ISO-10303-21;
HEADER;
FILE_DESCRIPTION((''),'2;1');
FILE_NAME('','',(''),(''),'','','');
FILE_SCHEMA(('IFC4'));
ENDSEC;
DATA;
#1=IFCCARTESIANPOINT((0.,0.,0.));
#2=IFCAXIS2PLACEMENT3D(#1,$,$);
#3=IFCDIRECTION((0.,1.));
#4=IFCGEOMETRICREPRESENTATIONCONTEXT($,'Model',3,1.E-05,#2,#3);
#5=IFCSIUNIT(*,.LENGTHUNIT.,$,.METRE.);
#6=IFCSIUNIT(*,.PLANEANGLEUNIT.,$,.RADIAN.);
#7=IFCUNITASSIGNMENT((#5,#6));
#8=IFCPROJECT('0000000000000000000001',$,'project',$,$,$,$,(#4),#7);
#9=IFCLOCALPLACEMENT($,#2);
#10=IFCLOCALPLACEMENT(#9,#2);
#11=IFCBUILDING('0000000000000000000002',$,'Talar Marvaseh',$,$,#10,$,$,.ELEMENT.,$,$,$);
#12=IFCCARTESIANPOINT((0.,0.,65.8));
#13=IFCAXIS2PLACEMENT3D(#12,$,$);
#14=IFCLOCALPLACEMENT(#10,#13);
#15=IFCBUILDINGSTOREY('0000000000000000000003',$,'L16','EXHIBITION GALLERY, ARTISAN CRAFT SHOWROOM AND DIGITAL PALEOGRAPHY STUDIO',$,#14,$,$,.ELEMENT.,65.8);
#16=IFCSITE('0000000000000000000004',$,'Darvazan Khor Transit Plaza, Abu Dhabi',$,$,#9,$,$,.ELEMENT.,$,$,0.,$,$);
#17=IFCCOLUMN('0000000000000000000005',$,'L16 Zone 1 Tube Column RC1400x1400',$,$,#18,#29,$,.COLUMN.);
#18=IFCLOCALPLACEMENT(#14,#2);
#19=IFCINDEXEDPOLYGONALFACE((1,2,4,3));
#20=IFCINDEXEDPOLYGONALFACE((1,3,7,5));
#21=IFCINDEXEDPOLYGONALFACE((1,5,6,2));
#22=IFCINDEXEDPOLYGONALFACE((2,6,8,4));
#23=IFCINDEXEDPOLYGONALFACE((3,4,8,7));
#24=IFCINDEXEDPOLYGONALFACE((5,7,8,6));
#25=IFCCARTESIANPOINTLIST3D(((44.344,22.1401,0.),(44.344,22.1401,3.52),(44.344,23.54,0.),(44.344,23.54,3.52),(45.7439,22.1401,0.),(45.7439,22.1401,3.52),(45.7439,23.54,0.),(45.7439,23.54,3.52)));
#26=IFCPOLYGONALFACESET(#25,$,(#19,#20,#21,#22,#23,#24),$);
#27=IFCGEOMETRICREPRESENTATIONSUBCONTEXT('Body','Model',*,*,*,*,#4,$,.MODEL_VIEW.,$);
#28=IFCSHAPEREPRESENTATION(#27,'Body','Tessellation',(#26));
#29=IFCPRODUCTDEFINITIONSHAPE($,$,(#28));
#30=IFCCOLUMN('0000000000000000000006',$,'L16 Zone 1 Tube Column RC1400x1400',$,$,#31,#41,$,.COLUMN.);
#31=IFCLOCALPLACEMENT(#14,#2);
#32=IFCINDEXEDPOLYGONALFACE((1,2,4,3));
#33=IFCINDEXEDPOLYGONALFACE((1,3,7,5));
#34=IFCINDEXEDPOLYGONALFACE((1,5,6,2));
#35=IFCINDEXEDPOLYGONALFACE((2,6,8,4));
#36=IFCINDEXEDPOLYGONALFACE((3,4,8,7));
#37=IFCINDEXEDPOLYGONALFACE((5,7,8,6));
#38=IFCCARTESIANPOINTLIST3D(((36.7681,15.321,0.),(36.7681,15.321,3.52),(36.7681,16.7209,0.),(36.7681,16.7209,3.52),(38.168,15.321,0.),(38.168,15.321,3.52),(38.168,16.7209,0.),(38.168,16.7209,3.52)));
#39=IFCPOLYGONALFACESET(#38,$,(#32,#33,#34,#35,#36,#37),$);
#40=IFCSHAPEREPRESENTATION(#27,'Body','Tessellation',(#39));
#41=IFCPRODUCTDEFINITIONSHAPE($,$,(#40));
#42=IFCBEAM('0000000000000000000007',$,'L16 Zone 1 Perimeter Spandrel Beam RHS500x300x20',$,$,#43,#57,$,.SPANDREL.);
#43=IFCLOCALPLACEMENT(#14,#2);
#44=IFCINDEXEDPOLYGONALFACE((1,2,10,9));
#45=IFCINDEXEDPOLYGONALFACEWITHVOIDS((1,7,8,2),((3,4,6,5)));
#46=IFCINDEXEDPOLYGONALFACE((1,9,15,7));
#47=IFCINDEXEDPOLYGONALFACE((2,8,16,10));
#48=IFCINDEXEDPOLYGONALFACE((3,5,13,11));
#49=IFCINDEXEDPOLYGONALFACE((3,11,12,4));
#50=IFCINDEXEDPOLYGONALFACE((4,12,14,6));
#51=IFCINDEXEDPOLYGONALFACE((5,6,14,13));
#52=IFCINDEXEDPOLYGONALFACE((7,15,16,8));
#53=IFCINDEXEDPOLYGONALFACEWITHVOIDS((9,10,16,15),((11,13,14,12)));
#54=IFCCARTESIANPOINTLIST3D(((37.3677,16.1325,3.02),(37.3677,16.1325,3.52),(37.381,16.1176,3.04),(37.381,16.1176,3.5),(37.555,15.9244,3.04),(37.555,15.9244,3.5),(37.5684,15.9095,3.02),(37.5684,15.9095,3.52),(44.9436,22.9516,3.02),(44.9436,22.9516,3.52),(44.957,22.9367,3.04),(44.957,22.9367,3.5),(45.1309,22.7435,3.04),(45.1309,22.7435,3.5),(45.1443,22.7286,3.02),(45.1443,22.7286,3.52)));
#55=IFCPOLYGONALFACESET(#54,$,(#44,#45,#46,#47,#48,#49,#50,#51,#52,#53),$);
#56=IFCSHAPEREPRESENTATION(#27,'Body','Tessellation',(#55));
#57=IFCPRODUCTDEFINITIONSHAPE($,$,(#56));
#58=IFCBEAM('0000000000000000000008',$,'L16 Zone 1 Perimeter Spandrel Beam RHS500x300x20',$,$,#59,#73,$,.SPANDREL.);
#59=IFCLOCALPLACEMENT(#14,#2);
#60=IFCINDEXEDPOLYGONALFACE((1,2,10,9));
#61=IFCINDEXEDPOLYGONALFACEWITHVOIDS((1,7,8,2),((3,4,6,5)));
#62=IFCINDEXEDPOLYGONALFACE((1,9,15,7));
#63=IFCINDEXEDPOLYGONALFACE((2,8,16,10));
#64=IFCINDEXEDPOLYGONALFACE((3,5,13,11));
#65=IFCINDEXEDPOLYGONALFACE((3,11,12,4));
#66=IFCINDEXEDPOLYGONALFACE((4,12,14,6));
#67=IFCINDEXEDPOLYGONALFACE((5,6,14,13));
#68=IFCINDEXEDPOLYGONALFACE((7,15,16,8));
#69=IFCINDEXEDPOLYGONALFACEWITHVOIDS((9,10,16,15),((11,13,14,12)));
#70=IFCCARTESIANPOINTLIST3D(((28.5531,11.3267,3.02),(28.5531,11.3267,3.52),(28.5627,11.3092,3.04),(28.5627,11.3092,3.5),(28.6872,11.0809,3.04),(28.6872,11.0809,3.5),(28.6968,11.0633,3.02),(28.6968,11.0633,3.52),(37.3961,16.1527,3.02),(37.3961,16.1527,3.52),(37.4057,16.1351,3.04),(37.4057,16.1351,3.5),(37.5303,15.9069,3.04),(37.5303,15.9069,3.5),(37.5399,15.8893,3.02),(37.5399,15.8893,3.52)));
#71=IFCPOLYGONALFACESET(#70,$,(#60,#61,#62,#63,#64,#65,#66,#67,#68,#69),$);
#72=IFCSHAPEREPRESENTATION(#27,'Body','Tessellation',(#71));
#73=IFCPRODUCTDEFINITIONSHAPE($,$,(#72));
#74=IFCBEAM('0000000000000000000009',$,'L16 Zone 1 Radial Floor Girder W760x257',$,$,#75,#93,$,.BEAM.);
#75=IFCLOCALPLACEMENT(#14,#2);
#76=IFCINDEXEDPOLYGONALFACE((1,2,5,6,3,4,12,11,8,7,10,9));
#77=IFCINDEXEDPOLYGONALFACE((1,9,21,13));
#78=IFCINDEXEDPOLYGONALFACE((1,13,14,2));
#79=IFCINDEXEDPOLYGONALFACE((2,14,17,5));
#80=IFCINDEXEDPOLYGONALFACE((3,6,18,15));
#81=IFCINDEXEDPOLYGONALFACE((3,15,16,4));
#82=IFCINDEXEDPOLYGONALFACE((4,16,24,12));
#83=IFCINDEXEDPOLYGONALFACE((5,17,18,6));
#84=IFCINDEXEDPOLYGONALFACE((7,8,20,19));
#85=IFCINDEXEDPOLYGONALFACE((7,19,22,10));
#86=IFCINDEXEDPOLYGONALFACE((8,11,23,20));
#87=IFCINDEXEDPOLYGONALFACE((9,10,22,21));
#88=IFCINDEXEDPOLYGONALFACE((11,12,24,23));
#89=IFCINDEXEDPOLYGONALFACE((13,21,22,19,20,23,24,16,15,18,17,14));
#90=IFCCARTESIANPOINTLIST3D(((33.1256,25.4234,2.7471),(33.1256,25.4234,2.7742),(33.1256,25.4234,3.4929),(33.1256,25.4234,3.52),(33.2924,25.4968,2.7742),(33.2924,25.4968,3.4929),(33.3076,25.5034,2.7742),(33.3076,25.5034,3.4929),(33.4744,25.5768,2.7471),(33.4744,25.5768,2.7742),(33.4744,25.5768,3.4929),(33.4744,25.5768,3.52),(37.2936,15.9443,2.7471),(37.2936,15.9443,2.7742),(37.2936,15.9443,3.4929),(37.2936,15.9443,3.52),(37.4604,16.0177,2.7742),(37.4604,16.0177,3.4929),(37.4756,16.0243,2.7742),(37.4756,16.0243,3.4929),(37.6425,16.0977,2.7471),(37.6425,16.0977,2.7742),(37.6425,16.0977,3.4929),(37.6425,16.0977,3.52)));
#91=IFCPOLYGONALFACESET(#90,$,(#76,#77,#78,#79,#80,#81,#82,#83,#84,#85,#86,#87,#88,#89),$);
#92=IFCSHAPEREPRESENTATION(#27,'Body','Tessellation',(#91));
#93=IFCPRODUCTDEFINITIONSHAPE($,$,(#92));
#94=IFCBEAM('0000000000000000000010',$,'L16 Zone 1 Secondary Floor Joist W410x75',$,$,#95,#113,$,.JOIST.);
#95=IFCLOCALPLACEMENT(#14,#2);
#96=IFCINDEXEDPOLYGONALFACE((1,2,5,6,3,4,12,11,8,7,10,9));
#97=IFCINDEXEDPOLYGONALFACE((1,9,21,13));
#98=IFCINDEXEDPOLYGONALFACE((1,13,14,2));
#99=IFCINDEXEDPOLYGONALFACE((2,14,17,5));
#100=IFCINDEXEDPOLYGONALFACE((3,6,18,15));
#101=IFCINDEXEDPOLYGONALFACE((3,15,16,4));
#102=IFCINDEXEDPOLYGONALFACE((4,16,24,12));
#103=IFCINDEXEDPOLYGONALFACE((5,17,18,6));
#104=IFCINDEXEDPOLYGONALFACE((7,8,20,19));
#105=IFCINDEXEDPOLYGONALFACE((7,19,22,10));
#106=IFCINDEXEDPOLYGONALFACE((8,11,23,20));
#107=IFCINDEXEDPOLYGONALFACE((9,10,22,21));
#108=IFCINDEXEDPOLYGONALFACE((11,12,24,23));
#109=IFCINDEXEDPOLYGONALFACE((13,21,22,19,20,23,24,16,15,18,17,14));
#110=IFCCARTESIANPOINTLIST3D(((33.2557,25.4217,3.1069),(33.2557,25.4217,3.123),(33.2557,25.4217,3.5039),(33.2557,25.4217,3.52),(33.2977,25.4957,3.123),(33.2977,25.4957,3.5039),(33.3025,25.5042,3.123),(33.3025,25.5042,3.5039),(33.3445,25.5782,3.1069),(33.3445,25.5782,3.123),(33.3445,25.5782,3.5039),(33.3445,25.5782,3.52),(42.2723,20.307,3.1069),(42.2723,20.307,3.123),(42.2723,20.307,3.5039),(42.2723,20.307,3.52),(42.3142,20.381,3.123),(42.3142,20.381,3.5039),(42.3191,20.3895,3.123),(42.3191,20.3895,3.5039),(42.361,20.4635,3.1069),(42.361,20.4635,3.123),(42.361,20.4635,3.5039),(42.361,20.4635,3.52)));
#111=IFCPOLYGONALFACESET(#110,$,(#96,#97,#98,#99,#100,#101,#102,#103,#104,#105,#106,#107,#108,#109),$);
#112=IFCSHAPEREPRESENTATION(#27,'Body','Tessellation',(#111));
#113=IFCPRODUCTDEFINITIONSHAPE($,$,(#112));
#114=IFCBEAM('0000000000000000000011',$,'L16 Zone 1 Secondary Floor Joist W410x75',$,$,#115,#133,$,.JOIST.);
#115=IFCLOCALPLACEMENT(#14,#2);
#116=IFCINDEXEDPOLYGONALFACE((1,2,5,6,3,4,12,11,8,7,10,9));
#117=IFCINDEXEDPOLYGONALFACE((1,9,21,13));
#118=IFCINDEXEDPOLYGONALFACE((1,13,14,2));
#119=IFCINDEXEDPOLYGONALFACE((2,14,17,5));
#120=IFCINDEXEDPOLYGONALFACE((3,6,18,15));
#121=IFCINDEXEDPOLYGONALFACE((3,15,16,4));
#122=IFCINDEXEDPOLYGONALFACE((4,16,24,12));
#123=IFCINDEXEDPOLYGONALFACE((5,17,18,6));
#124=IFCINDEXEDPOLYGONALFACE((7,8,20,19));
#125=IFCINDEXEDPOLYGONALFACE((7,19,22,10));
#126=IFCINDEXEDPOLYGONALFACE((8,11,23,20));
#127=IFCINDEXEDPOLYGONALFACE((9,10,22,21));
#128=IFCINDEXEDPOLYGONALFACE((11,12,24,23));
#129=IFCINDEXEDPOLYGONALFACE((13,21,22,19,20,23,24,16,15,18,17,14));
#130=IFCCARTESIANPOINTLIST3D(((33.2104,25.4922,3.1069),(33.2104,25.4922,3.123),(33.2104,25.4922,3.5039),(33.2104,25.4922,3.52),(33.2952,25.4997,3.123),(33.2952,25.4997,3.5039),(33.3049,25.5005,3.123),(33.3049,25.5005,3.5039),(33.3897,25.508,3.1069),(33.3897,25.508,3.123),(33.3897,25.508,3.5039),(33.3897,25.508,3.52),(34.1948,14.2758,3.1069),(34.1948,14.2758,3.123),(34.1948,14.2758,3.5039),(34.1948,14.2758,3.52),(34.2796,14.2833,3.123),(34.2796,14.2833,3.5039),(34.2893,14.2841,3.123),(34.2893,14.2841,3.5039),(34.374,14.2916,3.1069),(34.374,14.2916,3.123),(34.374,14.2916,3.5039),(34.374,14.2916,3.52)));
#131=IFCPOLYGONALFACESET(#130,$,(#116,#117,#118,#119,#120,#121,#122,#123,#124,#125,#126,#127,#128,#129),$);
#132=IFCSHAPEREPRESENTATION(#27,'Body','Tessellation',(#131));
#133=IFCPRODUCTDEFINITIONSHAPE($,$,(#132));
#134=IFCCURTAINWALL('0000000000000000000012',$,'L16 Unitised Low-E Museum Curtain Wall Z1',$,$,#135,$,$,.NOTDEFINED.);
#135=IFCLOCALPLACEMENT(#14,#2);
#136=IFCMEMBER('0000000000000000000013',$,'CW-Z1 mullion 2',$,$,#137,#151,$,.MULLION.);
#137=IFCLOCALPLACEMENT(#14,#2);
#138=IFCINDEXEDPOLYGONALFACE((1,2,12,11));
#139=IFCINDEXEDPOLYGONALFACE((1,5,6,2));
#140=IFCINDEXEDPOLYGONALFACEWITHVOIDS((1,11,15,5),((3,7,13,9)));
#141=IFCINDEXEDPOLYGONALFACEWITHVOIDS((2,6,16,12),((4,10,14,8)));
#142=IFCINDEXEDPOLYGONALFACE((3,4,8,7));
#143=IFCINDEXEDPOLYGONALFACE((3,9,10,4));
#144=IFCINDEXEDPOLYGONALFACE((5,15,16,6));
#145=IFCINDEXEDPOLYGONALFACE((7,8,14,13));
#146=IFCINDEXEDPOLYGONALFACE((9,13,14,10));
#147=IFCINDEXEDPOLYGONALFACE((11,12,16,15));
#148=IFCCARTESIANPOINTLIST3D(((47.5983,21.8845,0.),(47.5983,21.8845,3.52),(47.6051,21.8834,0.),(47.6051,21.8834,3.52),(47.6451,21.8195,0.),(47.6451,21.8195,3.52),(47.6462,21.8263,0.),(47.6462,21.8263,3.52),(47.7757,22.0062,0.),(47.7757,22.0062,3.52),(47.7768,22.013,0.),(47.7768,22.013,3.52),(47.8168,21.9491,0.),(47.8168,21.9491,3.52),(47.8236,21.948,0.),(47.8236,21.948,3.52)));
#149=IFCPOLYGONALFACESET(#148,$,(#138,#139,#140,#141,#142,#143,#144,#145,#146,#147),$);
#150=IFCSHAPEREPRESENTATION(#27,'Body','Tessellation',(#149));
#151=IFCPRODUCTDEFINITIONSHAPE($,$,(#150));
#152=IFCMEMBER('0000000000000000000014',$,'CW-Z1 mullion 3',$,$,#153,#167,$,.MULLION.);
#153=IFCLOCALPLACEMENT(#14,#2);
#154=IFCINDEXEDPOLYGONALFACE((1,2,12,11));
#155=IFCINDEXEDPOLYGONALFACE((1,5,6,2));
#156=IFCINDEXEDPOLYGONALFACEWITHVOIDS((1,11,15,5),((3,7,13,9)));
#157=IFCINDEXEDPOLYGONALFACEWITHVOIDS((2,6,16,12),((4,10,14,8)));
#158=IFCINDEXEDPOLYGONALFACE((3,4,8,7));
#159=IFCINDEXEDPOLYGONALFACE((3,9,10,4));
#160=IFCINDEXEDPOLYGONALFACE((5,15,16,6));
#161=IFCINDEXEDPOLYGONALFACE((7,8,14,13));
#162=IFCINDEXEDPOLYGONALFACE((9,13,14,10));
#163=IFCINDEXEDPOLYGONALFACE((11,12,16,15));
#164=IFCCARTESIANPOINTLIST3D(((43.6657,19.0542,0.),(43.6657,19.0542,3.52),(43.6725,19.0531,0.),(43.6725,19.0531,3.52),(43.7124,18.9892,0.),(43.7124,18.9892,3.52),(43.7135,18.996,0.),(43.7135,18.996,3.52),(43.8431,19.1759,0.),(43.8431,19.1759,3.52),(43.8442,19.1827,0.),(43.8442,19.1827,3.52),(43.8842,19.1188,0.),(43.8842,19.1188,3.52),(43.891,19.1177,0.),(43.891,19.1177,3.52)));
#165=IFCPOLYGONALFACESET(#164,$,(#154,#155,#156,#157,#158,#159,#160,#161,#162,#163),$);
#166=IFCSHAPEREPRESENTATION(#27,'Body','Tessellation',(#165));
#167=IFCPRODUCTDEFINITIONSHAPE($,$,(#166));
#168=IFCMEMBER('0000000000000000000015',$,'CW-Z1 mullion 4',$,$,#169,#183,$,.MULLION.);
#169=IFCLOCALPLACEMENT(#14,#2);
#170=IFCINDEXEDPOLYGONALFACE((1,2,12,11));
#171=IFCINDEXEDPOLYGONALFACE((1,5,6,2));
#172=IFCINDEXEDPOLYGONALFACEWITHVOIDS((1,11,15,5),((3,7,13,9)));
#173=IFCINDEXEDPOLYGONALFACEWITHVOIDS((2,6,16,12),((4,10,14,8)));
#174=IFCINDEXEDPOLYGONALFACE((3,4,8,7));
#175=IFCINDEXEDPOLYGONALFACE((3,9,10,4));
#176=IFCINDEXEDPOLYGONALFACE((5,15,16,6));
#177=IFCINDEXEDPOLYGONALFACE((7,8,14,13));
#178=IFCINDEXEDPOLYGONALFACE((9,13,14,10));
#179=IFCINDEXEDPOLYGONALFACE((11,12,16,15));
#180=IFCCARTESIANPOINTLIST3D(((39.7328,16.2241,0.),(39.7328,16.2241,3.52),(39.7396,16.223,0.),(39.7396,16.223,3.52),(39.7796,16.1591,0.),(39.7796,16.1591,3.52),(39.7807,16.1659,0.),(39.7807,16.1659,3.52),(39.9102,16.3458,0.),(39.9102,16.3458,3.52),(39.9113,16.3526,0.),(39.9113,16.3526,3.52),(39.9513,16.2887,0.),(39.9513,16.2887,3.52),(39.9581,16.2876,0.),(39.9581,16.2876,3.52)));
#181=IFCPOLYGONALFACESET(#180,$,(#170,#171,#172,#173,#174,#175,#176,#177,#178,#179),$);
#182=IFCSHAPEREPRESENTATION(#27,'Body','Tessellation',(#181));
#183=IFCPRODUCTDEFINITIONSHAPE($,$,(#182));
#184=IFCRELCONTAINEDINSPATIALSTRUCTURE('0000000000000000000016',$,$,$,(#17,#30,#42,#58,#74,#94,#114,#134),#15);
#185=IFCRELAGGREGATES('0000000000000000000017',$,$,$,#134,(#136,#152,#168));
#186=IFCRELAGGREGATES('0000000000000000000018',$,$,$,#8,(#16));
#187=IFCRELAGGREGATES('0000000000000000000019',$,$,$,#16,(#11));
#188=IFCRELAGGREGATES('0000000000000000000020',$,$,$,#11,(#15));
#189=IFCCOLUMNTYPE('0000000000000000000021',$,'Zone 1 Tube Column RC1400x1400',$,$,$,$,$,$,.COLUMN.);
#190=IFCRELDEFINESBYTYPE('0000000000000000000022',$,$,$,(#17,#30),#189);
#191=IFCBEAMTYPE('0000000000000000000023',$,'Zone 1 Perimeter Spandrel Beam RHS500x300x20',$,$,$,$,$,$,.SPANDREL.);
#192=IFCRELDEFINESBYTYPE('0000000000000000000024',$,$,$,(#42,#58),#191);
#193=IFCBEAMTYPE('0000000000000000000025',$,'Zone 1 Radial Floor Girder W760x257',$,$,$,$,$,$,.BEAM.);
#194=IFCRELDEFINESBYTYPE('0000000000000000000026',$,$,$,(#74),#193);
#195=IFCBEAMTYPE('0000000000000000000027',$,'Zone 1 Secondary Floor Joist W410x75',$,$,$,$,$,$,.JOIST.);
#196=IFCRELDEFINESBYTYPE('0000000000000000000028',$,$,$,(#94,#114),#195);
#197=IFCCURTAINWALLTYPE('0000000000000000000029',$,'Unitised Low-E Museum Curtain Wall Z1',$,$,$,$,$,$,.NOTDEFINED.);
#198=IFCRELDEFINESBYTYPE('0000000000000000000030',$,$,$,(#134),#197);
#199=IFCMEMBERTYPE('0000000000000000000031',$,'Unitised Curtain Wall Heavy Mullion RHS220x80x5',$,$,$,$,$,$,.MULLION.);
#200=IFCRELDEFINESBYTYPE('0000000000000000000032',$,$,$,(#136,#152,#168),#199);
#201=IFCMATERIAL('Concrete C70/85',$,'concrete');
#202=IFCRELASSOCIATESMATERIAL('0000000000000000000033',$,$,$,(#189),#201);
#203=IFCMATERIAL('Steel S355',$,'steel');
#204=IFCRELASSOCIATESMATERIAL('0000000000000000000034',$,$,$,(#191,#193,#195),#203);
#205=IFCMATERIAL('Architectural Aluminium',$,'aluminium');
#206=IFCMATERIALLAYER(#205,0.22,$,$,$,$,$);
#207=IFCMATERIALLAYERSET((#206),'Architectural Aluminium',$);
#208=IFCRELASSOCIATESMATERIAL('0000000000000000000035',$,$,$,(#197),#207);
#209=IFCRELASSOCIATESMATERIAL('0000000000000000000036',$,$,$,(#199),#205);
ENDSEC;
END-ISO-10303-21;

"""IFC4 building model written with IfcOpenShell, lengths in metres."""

from ifc_helpers import new_model, si_unit, direction, frame, origin, origin_2d, place, context, subcontext, project, spatial, rectangle, hollow_rectangle, i_section, extrude, source, transform, mapped, material, layer, layer_set, material_profile, profile_set, type_object, type_shapes, element, aggregate, save


model = new_model("IFC4")

# Units and contexts
model_context = context("Model", 3, precision=1e-05, world=origin(), true_north=direction((0.0, 1.0)))
body_context = subcontext(model_context, "Body", "Model", "MODEL_VIEW")
ifc_project = project(units=[si_unit("LENGTHUNIT", "METRE"), si_unit("PLANEANGLEUNIT", "RADIAN")], contexts=[model_context])

# Site, building, storey
site_placement = place(None, origin())
site = spatial("IfcSite", under=ifc_project, at=site_placement, Name="Darvazan Khor Transit Plaza, Abu Dhabi", CompositionType="ELEMENT", RefElevation=0.0)
building_placement = place(site_placement, origin())
building = spatial("IfcBuilding", under=site, at=building_placement, Name="Talar Marvaseh", CompositionType="ELEMENT")
storey_placement = place(building_placement, frame((0.0, 0.0, 65.8)))
storey = spatial("IfcBuildingStorey", under=building, at=storey_placement, Name="L16", Description="EXHIBITION GALLERY, ARTISAN CRAFT SHOWROOM AND DIGITAL PALEOGRAPHY STUDIO", CompositionType="ELEMENT", Elevation=65.8)

# Columns
ifc_material_1 = material(Name="Concrete C70/85", Category="concrete")
ifc_material_profile_1 = material_profile(ifc_material_1, rectangle(XDim=1.3999, YDim=1.3999, at=origin_2d()), Name="RC1400x1400")
ifc_profile_set_1 = profile_set([ifc_material_profile_1], Name="Concrete C70/85")
column_type = type_object("IfcColumnType", Name="Zone 1 Tube Column RC1400x1400", PredefinedType="COLUMN", material=ifc_profile_set_1)
for number, where, z_axis, x_axis, name in (
    (1, (45.0439, 22.8401, 0.0), (0.0, 0.0, 1.0), (1.0, 0.0, 0.0), "L16 Zone 1 Tube Column RC1400x1400"),
    (2, (37.468, 16.021, 0.0), (0.0, 0.0, 1.0), (1.0, 0.0, 0.0), "L16 Zone 1 Tube Column RC1400x1400"),
):
    element("IfcColumn", number, at=place(storey_placement, frame(where, z_axis=z_axis, x_axis=x_axis)), inside=storey, type_object=column_type, Name=name, PredefinedType="COLUMN", context=body_context, shape_type="SweptSolid", body=[
        extrude(rectangle(XDim=1.3999, YDim=1.3999, at=origin_2d()), origin(), (0.0, 0.0, 1.0), 3.52),
    ])

# Beams
ifc_material_2 = material(Name="Steel S355", Category="steel")
ifc_material_profile_2 = material_profile(ifc_material_2, hollow_rectangle(XDim=0.3, YDim=0.5, WallThickness=0.02, at=origin_2d()), Name="RHS500x300x20")
ifc_profile_set_2 = profile_set([ifc_material_profile_2], Name="Steel S355")
beam_type_1 = type_object("IfcBeamType", Name="Zone 1 Perimeter Spandrel Beam RHS500x300x20", PredefinedType="SPANDREL", material=ifc_profile_set_2)
beam_1_placement = place(storey_placement, frame((45.0439, 22.8401, 3.27), z_axis=(-0.743257, -0.669006, 0.0), x_axis=(0.669006, -0.743257, 0.0)))
element("IfcBeam", 3, at=beam_1_placement, inside=storey, type_object=beam_type_1, Name="L16 Zone 1 Perimeter Spandrel Beam RHS500x300x20", PredefinedType="SPANDREL", context=body_context, shape_type="SweptSolid", body=[
    extrude(hollow_rectangle(XDim=0.3, YDim=0.5, WallThickness=0.02, at=origin_2d()), origin(), (0.0, 0.0, 1.0), 10.1929),
])
beam_2_placement = place(storey_placement, frame((37.468, 16.021, 3.27), z_axis=(-0.877793, -0.479041, 0.0), x_axis=(0.479041, -0.877793, 0.0)))
element("IfcBeam", 4, at=beam_2_placement, inside=storey, type_object=beam_type_1, Name="L16 Zone 1 Perimeter Spandrel Beam RHS500x300x20", PredefinedType="SPANDREL", context=body_context, shape_type="SweptSolid", body=[
    extrude(hollow_rectangle(XDim=0.3, YDim=0.5, WallThickness=0.02, at=origin_2d()), origin(), (0.0, 0.0, 1.0), 10.0742),
])
ifc_material_profile_3 = material_profile(ifc_material_2, i_section(OverallWidth=0.3811, OverallDepth=0.7729, WebThickness=0.0166, FlangeThickness=0.0271, at=origin_2d()), Name="W760x257")
ifc_profile_set_3 = profile_set([ifc_material_profile_3], Name="Steel S355")
beam_type_2 = type_object("IfcBeamType", Name="Zone 1 Radial Floor Girder W760x257", PredefinedType="BEAM", material=ifc_profile_set_3)
beam_3_placement = place(storey_placement, frame((37.468, 16.021, 3.1335), z_axis=(-0.402513, 0.915414, 0.0), x_axis=(-0.915414, -0.402513, 0.0)))
element("IfcBeam", 5, at=beam_3_placement, inside=storey, type_object=beam_type_2, Name="L16 Zone 1 Radial Floor Girder W760x257", PredefinedType="BEAM", context=body_context, shape_type="SweptSolid", body=[
    extrude(i_section(OverallWidth=0.3811, OverallDepth=0.7729, WebThickness=0.0166, FlangeThickness=0.0271, at=origin_2d()), origin(), (0.0, 0.0, 1.0), 10.355),
])
ifc_material_profile_4 = material_profile(ifc_material_2, i_section(OverallWidth=0.1799, OverallDepth=0.4131, WebThickness=0.0098, FlangeThickness=0.0161, at=origin_2d()), Name="W410x75")
ifc_profile_set_4 = profile_set([ifc_material_profile_4], Name="Steel S355")
beam_type_3 = type_object("IfcBeamType", Name="Zone 1 Secondary Floor Joist W410x75", PredefinedType="JOIST", material=ifc_profile_set_4)
beam_4_placement = place(storey_placement, frame((42.3167, 20.3853, 3.3135), z_axis=(-0.869801, 0.493402, 0.0), x_axis=(-0.493402, -0.869801, 0.0)))
element("IfcBeam", 6, at=beam_4_placement, inside=storey, type_object=beam_type_3, Name="L16 Zone 1 Secondary Floor Joist W410x75", PredefinedType="JOIST", context=body_context, shape_type="SweptSolid", body=[
    extrude(i_section(OverallWidth=0.1799, OverallDepth=0.4131, WebThickness=0.0098, FlangeThickness=0.0161, at=origin_2d()), origin(), (0.0, 0.0, 1.0), 10.3662),
])
beam_5_placement = place(storey_placement, frame((34.2844, 14.2837, 3.3135), z_axis=(-0.087427, 0.996171, 0.0), x_axis=(-0.996171, -0.087427, 0.0)))
element("IfcBeam", 7, at=beam_5_placement, inside=storey, type_object=beam_type_3, Name="L16 Zone 1 Secondary Floor Joist W410x75", PredefinedType="JOIST", context=body_context, shape_type="SweptSolid", body=[
    extrude(i_section(OverallWidth=0.1799, OverallDepth=0.4131, WebThickness=0.0098, FlangeThickness=0.0161, at=origin_2d()), origin(), (0.0, 0.0, 1.0), 11.2595),
])

# Curtain wall, members
ifc_material_3 = material(Name="Architectural Aluminium", Category="aluminium")
ifc_layer_1 = layer(ifc_material_3, 0.22)
ifc_layer_set_1 = layer_set([ifc_layer_1], Name="Architectural Aluminium")
curtain_wall_type = type_object("IfcCurtainWallType", Name="Unitised Low-E Museum Curtain Wall Z1", PredefinedType="NOTDEFINED", material=ifc_layer_set_1)
curtain_wall_placement = place(storey_placement, origin())
curtain_wall = element("IfcCurtainWall", 8, at=curtain_wall_placement, inside=storey, type_object=curtain_wall_type, Name="L16 Unitised Low-E Museum Curtain Wall Z1", PredefinedType="NOTDEFINED")
ifc_material_profile_5 = material_profile(ifc_material_3, hollow_rectangle(XDim=0.0801, YDim=0.22, WallThickness=0.0049, at=origin_2d()), Name="RHS220x80x5")
ifc_profile_set_5 = profile_set([ifc_material_profile_5], Name="Architectural Aluminium")
member_type_1 = type_object("IfcMemberType", Name="Unitised Curtain Wall Heavy Mullion RHS220x80x5", PredefinedType="MULLION", material=ifc_profile_set_5)
shared_shape_1 = source(origin(), body_context, "Body", "SweptSolid", [
    extrude(hollow_rectangle(XDim=0.0801, YDim=0.22, WallThickness=0.0049, at=origin_2d()), origin(), (0.0, 0.0, 1.0), 3.52),
])
type_shapes(member_type_1, [shared_shape_1])
member_1_placement = place(storey_placement, frame((47.7109, 21.9163, 0.0), z_axis=(0.0, 0.0, 1.0), x_axis=(0.584123, -0.811665, 0.0)))
member_1 = element("IfcMember", 9, at=member_1_placement, type_object=member_type_1, Name="CW-Z1 mullion 2", PredefinedType="MULLION", context=body_context, shape_type="MappedRepresentation", body=[
    mapped(shared_shape_1, transform((0.0, 0.0, 0.0), x_axis=(1.0, 0.0, 0.0), y_axis=(0.0, 1.0, 0.0), z_axis=(0.0, 0.0, 1.0), scale=1.0)),
])
member_2_placement = place(storey_placement, frame((43.7783, 19.0859, 0.0), z_axis=(0.0, 0.0, 1.0), x_axis=(0.584123, -0.811665, 0.0)))
member_2 = element("IfcMember", 10, at=member_2_placement, type_object=member_type_1, Name="CW-Z1 mullion 3", PredefinedType="MULLION", context=body_context, shape_type="MappedRepresentation", body=[
    mapped(shared_shape_1, transform((0.0, 0.0, 0.0), x_axis=(1.0, 0.0, 0.0), y_axis=(0.0, 1.0, 0.0), z_axis=(0.0, 0.0, 1.0), scale=1.0)),
])
member_3_placement = place(storey_placement, frame((39.8455, 16.2559, 0.0), z_axis=(0.0, 0.0, 1.0), x_axis=(0.584123, -0.811665, 0.0)))
member_3 = element("IfcMember", 11, at=member_3_placement, type_object=member_type_1, Name="CW-Z1 mullion 4", PredefinedType="MULLION", context=body_context, shape_type="MappedRepresentation", body=[
    mapped(shared_shape_1, transform((0.0, 0.0, 0.0), x_axis=(1.0, 0.0, 0.0), y_axis=(0.0, 1.0, 0.0), z_axis=(0.0, 0.0, 1.0), scale=1.0)),
])
aggregate(curtain_wall, [member_1, member_2, member_3])

save(model, "model.ifc")
